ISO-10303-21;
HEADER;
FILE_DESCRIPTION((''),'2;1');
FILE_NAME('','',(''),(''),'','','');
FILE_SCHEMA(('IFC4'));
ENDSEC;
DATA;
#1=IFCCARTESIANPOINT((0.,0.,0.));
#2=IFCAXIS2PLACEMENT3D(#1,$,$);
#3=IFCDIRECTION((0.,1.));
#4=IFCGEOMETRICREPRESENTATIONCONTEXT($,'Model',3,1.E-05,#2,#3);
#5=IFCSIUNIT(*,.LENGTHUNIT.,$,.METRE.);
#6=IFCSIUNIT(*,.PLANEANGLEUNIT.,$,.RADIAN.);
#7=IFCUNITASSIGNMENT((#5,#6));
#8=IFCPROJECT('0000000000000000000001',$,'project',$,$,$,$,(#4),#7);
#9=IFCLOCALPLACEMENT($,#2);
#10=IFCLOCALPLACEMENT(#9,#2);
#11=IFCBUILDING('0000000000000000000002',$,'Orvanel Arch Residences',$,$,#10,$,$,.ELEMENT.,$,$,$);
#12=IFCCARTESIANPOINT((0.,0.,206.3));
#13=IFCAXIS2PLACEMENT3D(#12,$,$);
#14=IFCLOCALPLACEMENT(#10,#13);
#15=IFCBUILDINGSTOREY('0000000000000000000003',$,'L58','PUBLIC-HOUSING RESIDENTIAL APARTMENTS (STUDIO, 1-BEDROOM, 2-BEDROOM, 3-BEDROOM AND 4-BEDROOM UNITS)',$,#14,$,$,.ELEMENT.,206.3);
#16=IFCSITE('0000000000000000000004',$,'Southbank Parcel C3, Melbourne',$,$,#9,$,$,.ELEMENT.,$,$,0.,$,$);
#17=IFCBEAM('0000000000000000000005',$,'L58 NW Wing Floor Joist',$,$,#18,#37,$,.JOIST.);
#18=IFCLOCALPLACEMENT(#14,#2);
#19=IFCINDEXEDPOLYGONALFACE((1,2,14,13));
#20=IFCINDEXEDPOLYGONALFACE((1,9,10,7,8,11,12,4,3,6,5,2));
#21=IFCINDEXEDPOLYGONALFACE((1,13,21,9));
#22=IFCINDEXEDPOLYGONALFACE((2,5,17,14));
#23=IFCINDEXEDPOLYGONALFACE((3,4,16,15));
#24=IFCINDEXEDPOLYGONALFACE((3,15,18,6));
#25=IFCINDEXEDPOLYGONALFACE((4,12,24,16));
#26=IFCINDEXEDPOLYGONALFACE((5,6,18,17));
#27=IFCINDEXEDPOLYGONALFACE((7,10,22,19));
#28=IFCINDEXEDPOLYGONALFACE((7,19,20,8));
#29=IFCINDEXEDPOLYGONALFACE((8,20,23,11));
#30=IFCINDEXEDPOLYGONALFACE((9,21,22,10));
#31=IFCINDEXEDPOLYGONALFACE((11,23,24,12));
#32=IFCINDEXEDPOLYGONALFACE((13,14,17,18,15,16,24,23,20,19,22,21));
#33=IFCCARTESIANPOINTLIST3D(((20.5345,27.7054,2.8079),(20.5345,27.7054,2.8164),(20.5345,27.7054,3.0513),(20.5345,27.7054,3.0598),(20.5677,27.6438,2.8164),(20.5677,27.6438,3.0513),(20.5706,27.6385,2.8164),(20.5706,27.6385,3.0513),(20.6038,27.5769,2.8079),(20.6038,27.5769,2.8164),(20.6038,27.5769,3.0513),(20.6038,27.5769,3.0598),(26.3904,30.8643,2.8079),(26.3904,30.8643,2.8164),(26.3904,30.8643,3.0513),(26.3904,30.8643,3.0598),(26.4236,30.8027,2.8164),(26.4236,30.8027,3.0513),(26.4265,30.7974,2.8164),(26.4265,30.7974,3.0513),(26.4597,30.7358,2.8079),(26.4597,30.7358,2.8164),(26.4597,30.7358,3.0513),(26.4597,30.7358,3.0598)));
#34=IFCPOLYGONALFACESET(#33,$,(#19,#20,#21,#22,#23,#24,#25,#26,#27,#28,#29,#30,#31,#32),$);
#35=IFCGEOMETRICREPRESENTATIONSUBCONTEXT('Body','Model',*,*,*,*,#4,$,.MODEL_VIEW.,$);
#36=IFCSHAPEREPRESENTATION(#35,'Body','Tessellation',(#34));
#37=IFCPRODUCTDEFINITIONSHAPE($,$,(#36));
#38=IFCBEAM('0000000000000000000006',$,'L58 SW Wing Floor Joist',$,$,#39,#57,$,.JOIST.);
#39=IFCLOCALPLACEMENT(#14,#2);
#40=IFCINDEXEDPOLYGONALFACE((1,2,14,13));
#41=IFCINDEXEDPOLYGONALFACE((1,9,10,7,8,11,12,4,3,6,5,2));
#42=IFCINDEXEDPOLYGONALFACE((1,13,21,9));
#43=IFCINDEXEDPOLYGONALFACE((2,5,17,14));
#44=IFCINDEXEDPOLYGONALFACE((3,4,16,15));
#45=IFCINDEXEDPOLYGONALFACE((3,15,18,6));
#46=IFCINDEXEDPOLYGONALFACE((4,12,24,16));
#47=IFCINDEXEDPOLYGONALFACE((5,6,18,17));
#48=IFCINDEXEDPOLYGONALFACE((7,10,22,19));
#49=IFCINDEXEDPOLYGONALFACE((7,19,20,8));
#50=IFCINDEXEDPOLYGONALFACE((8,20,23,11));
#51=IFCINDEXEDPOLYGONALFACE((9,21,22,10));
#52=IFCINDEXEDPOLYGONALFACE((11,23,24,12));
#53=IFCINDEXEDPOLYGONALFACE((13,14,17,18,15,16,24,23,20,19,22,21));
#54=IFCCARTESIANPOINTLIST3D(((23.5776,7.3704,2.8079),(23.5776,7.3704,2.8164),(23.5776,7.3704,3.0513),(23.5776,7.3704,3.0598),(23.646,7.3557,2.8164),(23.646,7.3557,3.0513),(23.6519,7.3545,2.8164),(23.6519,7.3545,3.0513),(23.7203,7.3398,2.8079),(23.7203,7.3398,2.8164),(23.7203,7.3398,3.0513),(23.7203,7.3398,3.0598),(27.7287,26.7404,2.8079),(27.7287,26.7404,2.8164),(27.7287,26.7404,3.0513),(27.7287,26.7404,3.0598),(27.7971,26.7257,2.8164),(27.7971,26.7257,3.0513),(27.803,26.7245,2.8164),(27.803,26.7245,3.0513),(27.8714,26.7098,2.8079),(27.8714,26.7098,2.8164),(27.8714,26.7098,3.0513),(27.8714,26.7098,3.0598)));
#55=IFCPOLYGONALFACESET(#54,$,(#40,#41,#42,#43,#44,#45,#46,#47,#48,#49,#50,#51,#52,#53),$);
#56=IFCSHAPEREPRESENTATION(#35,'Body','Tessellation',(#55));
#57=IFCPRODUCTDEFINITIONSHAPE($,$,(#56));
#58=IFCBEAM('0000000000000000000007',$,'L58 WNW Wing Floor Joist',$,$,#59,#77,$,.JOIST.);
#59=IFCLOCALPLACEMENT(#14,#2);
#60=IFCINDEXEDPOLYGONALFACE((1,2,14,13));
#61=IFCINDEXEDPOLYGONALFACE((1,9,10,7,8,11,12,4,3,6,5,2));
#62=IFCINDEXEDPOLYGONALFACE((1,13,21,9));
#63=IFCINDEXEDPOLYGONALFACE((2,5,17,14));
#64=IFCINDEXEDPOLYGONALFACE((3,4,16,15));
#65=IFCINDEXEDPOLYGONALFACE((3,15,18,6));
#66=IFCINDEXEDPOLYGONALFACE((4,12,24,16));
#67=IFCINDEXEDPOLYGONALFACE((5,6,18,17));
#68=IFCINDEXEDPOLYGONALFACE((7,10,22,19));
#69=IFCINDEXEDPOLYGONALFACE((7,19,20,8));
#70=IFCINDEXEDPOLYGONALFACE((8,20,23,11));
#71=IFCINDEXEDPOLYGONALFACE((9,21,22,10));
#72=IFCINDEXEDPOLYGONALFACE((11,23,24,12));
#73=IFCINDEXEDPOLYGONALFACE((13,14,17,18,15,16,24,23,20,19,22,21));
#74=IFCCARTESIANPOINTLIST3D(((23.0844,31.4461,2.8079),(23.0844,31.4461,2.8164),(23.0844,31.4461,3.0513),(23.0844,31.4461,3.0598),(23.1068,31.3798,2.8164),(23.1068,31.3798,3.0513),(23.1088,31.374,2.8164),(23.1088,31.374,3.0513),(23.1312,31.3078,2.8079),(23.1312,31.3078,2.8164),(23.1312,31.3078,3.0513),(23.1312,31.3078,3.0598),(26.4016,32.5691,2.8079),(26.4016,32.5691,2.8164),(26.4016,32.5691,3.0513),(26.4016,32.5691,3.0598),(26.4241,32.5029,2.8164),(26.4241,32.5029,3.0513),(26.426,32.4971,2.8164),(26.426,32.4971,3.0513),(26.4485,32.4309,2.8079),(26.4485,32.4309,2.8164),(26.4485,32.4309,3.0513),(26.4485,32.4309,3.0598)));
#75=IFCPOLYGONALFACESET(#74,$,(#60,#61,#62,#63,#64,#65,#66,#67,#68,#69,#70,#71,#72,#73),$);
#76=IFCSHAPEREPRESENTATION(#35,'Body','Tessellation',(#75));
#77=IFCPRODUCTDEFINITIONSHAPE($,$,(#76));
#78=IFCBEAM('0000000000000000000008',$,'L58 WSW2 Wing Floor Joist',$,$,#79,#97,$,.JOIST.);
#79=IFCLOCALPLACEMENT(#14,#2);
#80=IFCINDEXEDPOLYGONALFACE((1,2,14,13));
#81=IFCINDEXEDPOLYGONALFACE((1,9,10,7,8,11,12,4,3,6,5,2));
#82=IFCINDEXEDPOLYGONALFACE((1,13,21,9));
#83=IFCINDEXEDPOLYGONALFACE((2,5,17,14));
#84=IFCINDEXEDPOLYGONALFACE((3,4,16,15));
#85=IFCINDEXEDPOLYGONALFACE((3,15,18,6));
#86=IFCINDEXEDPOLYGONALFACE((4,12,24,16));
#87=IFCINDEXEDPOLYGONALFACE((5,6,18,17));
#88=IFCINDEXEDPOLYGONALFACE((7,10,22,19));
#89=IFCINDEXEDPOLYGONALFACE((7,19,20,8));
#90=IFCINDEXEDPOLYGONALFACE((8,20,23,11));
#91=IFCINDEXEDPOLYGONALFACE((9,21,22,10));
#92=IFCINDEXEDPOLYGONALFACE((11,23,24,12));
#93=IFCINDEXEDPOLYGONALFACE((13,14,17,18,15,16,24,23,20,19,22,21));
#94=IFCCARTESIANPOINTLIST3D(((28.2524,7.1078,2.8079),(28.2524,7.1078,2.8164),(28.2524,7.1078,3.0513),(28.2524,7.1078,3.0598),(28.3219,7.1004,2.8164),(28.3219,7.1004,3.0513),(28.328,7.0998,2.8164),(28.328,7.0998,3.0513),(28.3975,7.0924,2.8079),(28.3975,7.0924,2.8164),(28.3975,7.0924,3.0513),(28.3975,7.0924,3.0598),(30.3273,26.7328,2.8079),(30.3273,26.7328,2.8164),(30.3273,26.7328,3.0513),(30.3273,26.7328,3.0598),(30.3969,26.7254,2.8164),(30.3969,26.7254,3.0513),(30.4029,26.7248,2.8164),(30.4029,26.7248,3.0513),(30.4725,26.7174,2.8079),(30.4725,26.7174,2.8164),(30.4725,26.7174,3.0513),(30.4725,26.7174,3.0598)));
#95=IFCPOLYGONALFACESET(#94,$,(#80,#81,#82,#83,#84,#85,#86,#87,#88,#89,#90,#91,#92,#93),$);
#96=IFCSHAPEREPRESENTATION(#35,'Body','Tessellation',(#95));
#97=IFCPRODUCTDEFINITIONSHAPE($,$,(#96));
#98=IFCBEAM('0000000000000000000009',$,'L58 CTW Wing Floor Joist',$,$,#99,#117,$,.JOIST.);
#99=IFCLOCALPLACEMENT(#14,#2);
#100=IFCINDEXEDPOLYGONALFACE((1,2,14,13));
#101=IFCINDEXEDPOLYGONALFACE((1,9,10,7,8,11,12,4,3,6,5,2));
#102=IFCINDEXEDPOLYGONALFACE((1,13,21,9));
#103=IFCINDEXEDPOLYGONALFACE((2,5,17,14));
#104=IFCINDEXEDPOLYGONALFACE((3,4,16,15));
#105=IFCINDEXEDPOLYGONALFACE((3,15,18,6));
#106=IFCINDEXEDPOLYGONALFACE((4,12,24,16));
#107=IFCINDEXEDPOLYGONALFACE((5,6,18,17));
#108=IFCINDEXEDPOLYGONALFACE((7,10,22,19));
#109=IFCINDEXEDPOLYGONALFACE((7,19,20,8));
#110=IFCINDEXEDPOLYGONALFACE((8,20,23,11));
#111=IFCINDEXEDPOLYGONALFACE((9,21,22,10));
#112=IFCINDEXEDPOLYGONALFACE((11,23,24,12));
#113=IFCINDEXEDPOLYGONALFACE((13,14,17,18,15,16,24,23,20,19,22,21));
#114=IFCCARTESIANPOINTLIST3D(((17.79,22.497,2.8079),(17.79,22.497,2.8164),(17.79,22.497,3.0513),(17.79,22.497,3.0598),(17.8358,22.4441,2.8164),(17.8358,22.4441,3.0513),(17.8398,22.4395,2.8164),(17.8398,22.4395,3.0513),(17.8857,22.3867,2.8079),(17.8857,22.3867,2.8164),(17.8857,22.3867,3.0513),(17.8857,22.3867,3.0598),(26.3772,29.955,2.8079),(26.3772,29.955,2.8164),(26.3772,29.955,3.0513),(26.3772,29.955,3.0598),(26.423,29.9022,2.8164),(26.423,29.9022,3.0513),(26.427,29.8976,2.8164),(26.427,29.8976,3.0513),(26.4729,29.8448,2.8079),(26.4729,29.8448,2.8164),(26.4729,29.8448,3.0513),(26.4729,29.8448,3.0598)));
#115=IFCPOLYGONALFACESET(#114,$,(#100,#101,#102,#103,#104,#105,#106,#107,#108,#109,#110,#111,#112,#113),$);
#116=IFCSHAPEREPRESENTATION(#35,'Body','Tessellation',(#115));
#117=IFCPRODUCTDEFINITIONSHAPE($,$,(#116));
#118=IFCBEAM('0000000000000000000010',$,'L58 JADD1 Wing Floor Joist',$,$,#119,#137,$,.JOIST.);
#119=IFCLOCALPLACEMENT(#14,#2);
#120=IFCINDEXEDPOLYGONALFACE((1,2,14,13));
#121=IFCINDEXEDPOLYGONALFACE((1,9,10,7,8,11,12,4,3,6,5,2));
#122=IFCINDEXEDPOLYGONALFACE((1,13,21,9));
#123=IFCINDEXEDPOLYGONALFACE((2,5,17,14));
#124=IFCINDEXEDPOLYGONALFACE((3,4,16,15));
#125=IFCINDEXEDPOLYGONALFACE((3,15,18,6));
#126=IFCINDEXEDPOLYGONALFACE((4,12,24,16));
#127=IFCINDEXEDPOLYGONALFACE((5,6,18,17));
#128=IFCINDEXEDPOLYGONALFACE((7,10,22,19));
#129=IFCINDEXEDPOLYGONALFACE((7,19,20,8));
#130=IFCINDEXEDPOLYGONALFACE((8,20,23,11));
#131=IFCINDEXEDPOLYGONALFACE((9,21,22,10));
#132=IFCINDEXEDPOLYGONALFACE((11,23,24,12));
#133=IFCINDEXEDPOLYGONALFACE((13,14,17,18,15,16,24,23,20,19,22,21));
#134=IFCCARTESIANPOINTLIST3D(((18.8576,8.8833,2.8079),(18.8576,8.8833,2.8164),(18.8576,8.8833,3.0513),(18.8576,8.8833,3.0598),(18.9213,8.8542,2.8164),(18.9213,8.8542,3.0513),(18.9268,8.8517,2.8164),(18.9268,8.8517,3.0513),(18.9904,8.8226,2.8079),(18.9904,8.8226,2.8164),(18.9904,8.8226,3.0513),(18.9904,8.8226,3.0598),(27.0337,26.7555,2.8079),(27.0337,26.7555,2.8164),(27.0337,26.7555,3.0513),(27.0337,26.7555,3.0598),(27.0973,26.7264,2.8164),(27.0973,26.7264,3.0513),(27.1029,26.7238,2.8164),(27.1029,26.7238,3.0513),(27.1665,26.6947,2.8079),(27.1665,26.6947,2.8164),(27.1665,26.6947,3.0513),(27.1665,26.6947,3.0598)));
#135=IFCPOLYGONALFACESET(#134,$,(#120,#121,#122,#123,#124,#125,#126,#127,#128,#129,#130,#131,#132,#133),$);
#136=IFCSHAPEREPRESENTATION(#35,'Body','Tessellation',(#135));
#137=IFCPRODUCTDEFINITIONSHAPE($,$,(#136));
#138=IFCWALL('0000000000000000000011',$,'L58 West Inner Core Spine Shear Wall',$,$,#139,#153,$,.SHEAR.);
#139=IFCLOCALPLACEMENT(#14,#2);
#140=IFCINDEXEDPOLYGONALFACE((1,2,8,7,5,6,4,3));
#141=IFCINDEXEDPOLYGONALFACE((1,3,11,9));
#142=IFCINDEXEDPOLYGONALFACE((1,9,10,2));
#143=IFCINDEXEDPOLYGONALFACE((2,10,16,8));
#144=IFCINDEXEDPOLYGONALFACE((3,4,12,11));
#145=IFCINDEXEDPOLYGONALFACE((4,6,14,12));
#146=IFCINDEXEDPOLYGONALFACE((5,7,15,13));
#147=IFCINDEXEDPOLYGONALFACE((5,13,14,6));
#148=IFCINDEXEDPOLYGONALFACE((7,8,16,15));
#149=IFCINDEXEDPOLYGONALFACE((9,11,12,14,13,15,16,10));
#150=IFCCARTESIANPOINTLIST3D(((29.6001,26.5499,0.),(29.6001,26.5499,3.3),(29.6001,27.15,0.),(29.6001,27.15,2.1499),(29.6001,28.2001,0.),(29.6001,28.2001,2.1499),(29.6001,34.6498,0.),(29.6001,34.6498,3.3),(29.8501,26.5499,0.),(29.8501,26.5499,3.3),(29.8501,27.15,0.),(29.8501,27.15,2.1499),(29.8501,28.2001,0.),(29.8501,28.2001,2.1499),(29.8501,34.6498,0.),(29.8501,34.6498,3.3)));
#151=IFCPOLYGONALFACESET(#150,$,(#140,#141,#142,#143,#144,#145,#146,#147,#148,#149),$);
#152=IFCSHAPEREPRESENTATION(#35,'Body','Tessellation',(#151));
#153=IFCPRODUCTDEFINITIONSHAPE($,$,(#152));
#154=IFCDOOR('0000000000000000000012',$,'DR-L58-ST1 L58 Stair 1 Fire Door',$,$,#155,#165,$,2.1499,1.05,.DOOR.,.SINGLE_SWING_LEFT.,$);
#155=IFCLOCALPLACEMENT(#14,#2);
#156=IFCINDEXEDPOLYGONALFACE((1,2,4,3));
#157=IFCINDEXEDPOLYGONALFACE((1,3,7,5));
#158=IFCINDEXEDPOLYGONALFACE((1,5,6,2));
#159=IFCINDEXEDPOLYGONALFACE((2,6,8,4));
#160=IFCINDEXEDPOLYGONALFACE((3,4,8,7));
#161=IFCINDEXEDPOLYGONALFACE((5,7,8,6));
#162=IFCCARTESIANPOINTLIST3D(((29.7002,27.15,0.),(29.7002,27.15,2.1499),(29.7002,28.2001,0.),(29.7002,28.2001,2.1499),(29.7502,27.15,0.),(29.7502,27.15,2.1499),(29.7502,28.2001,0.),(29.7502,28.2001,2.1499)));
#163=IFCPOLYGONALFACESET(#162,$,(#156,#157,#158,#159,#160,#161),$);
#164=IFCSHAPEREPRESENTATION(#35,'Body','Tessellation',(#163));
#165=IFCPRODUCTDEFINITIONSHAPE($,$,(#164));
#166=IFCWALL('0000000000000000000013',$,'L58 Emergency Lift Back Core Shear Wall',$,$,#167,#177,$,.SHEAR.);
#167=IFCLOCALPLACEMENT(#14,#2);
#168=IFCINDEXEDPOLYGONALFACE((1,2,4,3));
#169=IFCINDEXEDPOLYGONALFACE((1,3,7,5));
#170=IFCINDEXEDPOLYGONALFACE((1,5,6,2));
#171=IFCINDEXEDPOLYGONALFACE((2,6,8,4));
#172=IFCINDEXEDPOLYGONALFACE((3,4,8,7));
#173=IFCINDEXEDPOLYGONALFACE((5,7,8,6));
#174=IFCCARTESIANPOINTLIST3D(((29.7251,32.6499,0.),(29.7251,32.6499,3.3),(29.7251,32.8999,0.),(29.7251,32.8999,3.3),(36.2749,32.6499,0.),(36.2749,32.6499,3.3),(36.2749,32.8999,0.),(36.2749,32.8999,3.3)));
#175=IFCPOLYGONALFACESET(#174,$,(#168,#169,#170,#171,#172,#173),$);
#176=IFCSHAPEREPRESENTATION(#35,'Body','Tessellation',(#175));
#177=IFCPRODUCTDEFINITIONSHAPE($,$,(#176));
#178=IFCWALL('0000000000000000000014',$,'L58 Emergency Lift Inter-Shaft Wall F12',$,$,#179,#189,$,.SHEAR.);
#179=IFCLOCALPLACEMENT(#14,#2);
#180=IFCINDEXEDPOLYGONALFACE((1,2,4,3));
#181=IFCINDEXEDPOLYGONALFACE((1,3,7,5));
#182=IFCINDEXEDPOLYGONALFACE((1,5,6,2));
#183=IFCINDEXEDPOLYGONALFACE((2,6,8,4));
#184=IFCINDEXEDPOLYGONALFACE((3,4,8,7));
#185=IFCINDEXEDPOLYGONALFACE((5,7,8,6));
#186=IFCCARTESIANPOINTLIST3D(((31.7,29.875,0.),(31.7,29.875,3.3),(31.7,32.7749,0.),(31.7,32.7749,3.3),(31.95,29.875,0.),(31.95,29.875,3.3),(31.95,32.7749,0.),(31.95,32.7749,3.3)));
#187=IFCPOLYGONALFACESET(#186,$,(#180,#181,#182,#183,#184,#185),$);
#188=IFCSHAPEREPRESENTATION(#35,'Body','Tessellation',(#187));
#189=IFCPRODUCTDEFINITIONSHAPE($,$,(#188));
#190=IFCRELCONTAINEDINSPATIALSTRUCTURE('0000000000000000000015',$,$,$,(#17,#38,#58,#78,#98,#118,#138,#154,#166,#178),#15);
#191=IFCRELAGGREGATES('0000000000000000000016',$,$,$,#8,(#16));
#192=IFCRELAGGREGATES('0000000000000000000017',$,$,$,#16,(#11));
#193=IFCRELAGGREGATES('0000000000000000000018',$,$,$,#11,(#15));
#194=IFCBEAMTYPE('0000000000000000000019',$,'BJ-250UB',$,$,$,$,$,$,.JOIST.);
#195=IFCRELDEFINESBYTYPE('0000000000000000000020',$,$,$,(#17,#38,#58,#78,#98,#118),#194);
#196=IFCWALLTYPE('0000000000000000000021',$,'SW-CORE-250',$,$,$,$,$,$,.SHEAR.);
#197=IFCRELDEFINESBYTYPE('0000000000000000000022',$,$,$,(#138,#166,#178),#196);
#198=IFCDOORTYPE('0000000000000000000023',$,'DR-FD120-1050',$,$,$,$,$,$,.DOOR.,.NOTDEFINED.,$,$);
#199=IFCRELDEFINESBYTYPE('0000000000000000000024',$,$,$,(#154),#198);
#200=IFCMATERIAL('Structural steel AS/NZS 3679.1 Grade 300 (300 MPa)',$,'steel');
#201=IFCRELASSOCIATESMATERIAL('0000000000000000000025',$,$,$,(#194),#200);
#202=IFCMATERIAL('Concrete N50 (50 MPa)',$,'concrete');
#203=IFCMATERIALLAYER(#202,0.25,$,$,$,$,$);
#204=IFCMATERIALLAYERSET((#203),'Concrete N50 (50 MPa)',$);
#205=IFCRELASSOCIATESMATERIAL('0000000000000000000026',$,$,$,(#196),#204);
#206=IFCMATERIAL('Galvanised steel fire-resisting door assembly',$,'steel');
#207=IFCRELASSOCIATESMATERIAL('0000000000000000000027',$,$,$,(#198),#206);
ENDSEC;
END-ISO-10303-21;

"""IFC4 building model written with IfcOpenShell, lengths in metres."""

from ifc_helpers import new_model, si_unit, direction, frame, frame_2d, origin, origin_2d, place, context, subcontext, project, spatial, rectangle, i_section, extrude, material, layer, layer_set, material_profile, profile_set, type_object, element, fill, save


model = new_model("IFC4")

# Units and contexts
model_context = context("Model", 3, precision=1e-05, world=origin(), true_north=direction((0.0, 1.0)))
body_context = subcontext(model_context, "Body", "Model", "MODEL_VIEW")
ifc_project = project(units=[si_unit("LENGTHUNIT", "METRE"), si_unit("PLANEANGLEUNIT", "RADIAN")], contexts=[model_context])

# Site, building, storey
site_placement = place(None, origin())
site = spatial("IfcSite", under=ifc_project, at=site_placement, Name="Southbank Parcel C3, Melbourne", CompositionType="ELEMENT", RefElevation=0.0)
building_placement = place(site_placement, origin())
building = spatial("IfcBuilding", under=site, at=building_placement, Name="Orvanel Arch Residences", CompositionType="ELEMENT")
storey_placement = place(building_placement, frame((0.0, 0.0, 206.3)))
storey = spatial("IfcBuildingStorey", under=building, at=storey_placement, Name="L58", Description="PUBLIC-HOUSING RESIDENTIAL APARTMENTS (STUDIO, 1-BEDROOM, 2-BEDROOM, 3-BEDROOM AND 4-BEDROOM UNITS)", CompositionType="ELEMENT", Elevation=206.3)

# Beams
ifc_material_1 = material(Name="Structural steel AS/NZS 3679.1 Grade 300 (300 MPa)", Category="steel")
ifc_material_profile = material_profile(ifc_material_1, i_section(OverallWidth=0.146, OverallDepth=0.252, WebThickness=0.0061, FlangeThickness=0.0085, at=origin_2d()), Name="250UB31.4")
ifc_profile_set = profile_set([ifc_material_profile], Name="Structural steel AS/NZS 3679.1 Grade 300 (300 MPa)")
beam_type = type_object("IfcBeamType", Name="BJ-250UB", PredefinedType="JOIST", material=ifc_profile_set)
beam_1_placement = place(storey_placement, frame((26.425, 30.8, 2.9338), z_axis=(-0.880111, -0.474767, 0.0), x_axis=(0.474767, -0.880111, 0.0)))
element("IfcBeam", 1, at=beam_1_placement, inside=storey, type_object=beam_type, Name="L58 NW Wing Floor Joist", PredefinedType="JOIST", context=body_context, shape_type="SweptSolid", body=[
    extrude(i_section(OverallWidth=0.146, OverallDepth=0.252, WebThickness=0.0061, FlangeThickness=0.0085, at=origin_2d()), origin(), (0.0, 0.0, 1.0), 6.6536),
])
beam_2_placement = place(storey_placement, frame((27.8, 26.7251, 2.9338), z_axis=(-0.209548, -0.977798, 0.0), x_axis=(0.977798, -0.209548, 0.0)))
element("IfcBeam", 2, at=beam_2_placement, inside=storey, type_object=beam_type, Name="L58 SW Wing Floor Joist", PredefinedType="JOIST", context=body_context, shape_type="SweptSolid", body=[
    extrude(i_section(OverallWidth=0.146, OverallDepth=0.252, WebThickness=0.0061, FlangeThickness=0.0085, at=origin_2d()), origin(), (0.0, 0.0, 1.0), 19.8098),
])
beam_3_placement = place(storey_placement, frame((26.425, 32.5, 2.9338), z_axis=(-0.947188, -0.320679, 0.0), x_axis=(0.320679, -0.947188, 0.0)))
element("IfcBeam", 3, at=beam_3_placement, inside=storey, type_object=beam_type, Name="L58 WNW Wing Floor Joist", PredefinedType="JOIST", context=body_context, shape_type="SweptSolid", body=[
    extrude(i_section(OverallWidth=0.146, OverallDepth=0.252, WebThickness=0.0061, FlangeThickness=0.0085, at=origin_2d()), origin(), (0.0, 0.0, 1.0), 3.5022),
])
beam_4_placement = place(storey_placement, frame((30.3999, 26.7251, 2.9338), z_axis=(-0.105144, -0.994457, 0.0), x_axis=(0.994457, -0.105144, 0.0)))
element("IfcBeam", 4, at=beam_4_placement, inside=storey, type_object=beam_type, Name="L58 WSW2 Wing Floor Joist", PredefinedType="JOIST", context=body_context, shape_type="SweptSolid", body=[
    extrude(i_section(OverallWidth=0.146, OverallDepth=0.252, WebThickness=0.0061, FlangeThickness=0.0085, at=origin_2d()), origin(), (0.0, 0.0, 1.0), 19.7344),
])
beam_5_placement = place(storey_placement, frame((26.425, 29.8999, 2.9338), z_axis=(-0.755001, -0.655724, 0.0), x_axis=(0.655724, -0.755001, 0.0)))
element("IfcBeam", 5, at=beam_5_placement, inside=storey, type_object=beam_type, Name="L58 CTW Wing Floor Joist", PredefinedType="JOIST", context=body_context, shape_type="SweptSolid", body=[
    extrude(i_section(OverallWidth=0.146, OverallDepth=0.252, WebThickness=0.0061, FlangeThickness=0.0085, at=origin_2d()), origin(), (0.0, 0.0, 1.0), 11.3738),
])
beam_6_placement = place(storey_placement, frame((27.1001, 26.7251, 2.9338), z_axis=(-0.41601, -0.90936, 0.0), x_axis=(0.90936, -0.41601, 0.0)))
element("IfcBeam", 6, at=beam_6_placement, inside=storey, type_object=beam_type, Name="L58 JADD1 Wing Floor Joist", PredefinedType="JOIST", context=body_context, shape_type="SweptSolid", body=[
    extrude(i_section(OverallWidth=0.146, OverallDepth=0.252, WebThickness=0.0061, FlangeThickness=0.0085, at=origin_2d()), origin(), (0.0, 0.0, 1.0), 19.6536),
])

# Wall, opening, door
ifc_material_2 = material(Name="Concrete N50 (50 MPa)", Category="concrete")
ifc_layer_1 = layer(ifc_material_2, 0.25)
ifc_layer_set_1 = layer_set([ifc_layer_1], Name="Concrete N50 (50 MPa)")
wall_type_1 = type_object("IfcWallType", Name="SW-CORE-250", PredefinedType="SHEAR", material=ifc_layer_set_1)
wall_1_placement = place(storey_placement, frame((29.7251, 26.55, 0.0), z_axis=(0.0, 0.0, 1.0), x_axis=(0.0, 1.0, 0.0)))
wall_1 = element("IfcWall", 7, at=wall_1_placement, inside=storey, type_object=wall_type_1, Name="L58 West Inner Core Spine Shear Wall", PredefinedType="SHEAR", context=body_context, shape_type="SweptSolid", body=[
    extrude(rectangle(XDim=8.0999, YDim=0.25, at=frame_2d((4.0498, 0.0))), origin(), (0.0, 0.0, 1.0), 3.3),
])
opening_1_placement = place(wall_1_placement, frame((0.6001, 0.0, 0.0)))
opening_1 = element("IfcOpeningElement", 8, at=opening_1_placement, cuts=wall_1, PredefinedType="OPENING", context=body_context, shape_type="SweptSolid", body=[
    extrude(rectangle(XDim=1.05, YDim=2.1499, at=frame_2d((0.5249, 1.075))), frame((0.0, 0.135, 0.0), z_axis=(0.0, -1.0, 0.0), x_axis=(1.0, 0.0, 0.0)), (0.0, 0.0, 1.0), 0.27),
])
ifc_material_3 = material(Name="Galvanised steel fire-resisting door assembly", Category="steel")
door_type_1 = type_object("IfcDoorType", Name="DR-FD120-1050", OperationType="NOTDEFINED", PredefinedType="DOOR", material=ifc_material_3)
door_1_placement = place(opening_1_placement, origin())
door_1 = element("IfcDoor", 9, at=door_1_placement, inside=storey, type_object=door_type_1, Name="DR-L58-ST1 L58 Stair 1 Fire Door", OperationType="SINGLE_SWING_LEFT", OverallHeight=2.1499, OverallWidth=1.05, PredefinedType="DOOR", context=body_context, shape_type="SweptSolid", body=[
    extrude(rectangle(XDim=1.05, YDim=2.1499, at=frame_2d((0.5249, 1.075))), frame((0.0, 0.0249, 0.0), z_axis=(0.0, -1.0, 0.0), x_axis=(1.0, 0.0, 0.0)), (0.0, 0.0, 1.0), 0.05),
])
fill(opening_1, door_1)

# Walls
wall_2_placement = place(storey_placement, frame((29.7251, 32.7749, 0.0), z_axis=(0.0, 0.0, 1.0), x_axis=(1.0, 0.0, 0.0)))
element("IfcWall", 10, at=wall_2_placement, inside=storey, type_object=wall_type_1, Name="L58 Emergency Lift Back Core Shear Wall", PredefinedType="SHEAR", context=body_context, shape_type="SweptSolid", body=[
    extrude(rectangle(XDim=6.5498, YDim=0.25, at=frame_2d((3.2749, 0.0))), origin(), (0.0, 0.0, 1.0), 3.3),
])
wall_3_placement = place(storey_placement, frame((31.825, 29.875, 0.0), z_axis=(0.0, 0.0, 1.0), x_axis=(0.0, 1.0, 0.0)))
element("IfcWall", 11, at=wall_3_placement, inside=storey, type_object=wall_type_1, Name="L58 Emergency Lift Inter-Shaft Wall F12", PredefinedType="SHEAR", context=body_context, shape_type="SweptSolid", body=[
    extrude(rectangle(XDim=2.8999, YDim=0.25, at=frame_2d((1.45, 0.0))), origin(), (0.0, 0.0, 1.0), 3.3),
])

save(model, "model.ifc")
